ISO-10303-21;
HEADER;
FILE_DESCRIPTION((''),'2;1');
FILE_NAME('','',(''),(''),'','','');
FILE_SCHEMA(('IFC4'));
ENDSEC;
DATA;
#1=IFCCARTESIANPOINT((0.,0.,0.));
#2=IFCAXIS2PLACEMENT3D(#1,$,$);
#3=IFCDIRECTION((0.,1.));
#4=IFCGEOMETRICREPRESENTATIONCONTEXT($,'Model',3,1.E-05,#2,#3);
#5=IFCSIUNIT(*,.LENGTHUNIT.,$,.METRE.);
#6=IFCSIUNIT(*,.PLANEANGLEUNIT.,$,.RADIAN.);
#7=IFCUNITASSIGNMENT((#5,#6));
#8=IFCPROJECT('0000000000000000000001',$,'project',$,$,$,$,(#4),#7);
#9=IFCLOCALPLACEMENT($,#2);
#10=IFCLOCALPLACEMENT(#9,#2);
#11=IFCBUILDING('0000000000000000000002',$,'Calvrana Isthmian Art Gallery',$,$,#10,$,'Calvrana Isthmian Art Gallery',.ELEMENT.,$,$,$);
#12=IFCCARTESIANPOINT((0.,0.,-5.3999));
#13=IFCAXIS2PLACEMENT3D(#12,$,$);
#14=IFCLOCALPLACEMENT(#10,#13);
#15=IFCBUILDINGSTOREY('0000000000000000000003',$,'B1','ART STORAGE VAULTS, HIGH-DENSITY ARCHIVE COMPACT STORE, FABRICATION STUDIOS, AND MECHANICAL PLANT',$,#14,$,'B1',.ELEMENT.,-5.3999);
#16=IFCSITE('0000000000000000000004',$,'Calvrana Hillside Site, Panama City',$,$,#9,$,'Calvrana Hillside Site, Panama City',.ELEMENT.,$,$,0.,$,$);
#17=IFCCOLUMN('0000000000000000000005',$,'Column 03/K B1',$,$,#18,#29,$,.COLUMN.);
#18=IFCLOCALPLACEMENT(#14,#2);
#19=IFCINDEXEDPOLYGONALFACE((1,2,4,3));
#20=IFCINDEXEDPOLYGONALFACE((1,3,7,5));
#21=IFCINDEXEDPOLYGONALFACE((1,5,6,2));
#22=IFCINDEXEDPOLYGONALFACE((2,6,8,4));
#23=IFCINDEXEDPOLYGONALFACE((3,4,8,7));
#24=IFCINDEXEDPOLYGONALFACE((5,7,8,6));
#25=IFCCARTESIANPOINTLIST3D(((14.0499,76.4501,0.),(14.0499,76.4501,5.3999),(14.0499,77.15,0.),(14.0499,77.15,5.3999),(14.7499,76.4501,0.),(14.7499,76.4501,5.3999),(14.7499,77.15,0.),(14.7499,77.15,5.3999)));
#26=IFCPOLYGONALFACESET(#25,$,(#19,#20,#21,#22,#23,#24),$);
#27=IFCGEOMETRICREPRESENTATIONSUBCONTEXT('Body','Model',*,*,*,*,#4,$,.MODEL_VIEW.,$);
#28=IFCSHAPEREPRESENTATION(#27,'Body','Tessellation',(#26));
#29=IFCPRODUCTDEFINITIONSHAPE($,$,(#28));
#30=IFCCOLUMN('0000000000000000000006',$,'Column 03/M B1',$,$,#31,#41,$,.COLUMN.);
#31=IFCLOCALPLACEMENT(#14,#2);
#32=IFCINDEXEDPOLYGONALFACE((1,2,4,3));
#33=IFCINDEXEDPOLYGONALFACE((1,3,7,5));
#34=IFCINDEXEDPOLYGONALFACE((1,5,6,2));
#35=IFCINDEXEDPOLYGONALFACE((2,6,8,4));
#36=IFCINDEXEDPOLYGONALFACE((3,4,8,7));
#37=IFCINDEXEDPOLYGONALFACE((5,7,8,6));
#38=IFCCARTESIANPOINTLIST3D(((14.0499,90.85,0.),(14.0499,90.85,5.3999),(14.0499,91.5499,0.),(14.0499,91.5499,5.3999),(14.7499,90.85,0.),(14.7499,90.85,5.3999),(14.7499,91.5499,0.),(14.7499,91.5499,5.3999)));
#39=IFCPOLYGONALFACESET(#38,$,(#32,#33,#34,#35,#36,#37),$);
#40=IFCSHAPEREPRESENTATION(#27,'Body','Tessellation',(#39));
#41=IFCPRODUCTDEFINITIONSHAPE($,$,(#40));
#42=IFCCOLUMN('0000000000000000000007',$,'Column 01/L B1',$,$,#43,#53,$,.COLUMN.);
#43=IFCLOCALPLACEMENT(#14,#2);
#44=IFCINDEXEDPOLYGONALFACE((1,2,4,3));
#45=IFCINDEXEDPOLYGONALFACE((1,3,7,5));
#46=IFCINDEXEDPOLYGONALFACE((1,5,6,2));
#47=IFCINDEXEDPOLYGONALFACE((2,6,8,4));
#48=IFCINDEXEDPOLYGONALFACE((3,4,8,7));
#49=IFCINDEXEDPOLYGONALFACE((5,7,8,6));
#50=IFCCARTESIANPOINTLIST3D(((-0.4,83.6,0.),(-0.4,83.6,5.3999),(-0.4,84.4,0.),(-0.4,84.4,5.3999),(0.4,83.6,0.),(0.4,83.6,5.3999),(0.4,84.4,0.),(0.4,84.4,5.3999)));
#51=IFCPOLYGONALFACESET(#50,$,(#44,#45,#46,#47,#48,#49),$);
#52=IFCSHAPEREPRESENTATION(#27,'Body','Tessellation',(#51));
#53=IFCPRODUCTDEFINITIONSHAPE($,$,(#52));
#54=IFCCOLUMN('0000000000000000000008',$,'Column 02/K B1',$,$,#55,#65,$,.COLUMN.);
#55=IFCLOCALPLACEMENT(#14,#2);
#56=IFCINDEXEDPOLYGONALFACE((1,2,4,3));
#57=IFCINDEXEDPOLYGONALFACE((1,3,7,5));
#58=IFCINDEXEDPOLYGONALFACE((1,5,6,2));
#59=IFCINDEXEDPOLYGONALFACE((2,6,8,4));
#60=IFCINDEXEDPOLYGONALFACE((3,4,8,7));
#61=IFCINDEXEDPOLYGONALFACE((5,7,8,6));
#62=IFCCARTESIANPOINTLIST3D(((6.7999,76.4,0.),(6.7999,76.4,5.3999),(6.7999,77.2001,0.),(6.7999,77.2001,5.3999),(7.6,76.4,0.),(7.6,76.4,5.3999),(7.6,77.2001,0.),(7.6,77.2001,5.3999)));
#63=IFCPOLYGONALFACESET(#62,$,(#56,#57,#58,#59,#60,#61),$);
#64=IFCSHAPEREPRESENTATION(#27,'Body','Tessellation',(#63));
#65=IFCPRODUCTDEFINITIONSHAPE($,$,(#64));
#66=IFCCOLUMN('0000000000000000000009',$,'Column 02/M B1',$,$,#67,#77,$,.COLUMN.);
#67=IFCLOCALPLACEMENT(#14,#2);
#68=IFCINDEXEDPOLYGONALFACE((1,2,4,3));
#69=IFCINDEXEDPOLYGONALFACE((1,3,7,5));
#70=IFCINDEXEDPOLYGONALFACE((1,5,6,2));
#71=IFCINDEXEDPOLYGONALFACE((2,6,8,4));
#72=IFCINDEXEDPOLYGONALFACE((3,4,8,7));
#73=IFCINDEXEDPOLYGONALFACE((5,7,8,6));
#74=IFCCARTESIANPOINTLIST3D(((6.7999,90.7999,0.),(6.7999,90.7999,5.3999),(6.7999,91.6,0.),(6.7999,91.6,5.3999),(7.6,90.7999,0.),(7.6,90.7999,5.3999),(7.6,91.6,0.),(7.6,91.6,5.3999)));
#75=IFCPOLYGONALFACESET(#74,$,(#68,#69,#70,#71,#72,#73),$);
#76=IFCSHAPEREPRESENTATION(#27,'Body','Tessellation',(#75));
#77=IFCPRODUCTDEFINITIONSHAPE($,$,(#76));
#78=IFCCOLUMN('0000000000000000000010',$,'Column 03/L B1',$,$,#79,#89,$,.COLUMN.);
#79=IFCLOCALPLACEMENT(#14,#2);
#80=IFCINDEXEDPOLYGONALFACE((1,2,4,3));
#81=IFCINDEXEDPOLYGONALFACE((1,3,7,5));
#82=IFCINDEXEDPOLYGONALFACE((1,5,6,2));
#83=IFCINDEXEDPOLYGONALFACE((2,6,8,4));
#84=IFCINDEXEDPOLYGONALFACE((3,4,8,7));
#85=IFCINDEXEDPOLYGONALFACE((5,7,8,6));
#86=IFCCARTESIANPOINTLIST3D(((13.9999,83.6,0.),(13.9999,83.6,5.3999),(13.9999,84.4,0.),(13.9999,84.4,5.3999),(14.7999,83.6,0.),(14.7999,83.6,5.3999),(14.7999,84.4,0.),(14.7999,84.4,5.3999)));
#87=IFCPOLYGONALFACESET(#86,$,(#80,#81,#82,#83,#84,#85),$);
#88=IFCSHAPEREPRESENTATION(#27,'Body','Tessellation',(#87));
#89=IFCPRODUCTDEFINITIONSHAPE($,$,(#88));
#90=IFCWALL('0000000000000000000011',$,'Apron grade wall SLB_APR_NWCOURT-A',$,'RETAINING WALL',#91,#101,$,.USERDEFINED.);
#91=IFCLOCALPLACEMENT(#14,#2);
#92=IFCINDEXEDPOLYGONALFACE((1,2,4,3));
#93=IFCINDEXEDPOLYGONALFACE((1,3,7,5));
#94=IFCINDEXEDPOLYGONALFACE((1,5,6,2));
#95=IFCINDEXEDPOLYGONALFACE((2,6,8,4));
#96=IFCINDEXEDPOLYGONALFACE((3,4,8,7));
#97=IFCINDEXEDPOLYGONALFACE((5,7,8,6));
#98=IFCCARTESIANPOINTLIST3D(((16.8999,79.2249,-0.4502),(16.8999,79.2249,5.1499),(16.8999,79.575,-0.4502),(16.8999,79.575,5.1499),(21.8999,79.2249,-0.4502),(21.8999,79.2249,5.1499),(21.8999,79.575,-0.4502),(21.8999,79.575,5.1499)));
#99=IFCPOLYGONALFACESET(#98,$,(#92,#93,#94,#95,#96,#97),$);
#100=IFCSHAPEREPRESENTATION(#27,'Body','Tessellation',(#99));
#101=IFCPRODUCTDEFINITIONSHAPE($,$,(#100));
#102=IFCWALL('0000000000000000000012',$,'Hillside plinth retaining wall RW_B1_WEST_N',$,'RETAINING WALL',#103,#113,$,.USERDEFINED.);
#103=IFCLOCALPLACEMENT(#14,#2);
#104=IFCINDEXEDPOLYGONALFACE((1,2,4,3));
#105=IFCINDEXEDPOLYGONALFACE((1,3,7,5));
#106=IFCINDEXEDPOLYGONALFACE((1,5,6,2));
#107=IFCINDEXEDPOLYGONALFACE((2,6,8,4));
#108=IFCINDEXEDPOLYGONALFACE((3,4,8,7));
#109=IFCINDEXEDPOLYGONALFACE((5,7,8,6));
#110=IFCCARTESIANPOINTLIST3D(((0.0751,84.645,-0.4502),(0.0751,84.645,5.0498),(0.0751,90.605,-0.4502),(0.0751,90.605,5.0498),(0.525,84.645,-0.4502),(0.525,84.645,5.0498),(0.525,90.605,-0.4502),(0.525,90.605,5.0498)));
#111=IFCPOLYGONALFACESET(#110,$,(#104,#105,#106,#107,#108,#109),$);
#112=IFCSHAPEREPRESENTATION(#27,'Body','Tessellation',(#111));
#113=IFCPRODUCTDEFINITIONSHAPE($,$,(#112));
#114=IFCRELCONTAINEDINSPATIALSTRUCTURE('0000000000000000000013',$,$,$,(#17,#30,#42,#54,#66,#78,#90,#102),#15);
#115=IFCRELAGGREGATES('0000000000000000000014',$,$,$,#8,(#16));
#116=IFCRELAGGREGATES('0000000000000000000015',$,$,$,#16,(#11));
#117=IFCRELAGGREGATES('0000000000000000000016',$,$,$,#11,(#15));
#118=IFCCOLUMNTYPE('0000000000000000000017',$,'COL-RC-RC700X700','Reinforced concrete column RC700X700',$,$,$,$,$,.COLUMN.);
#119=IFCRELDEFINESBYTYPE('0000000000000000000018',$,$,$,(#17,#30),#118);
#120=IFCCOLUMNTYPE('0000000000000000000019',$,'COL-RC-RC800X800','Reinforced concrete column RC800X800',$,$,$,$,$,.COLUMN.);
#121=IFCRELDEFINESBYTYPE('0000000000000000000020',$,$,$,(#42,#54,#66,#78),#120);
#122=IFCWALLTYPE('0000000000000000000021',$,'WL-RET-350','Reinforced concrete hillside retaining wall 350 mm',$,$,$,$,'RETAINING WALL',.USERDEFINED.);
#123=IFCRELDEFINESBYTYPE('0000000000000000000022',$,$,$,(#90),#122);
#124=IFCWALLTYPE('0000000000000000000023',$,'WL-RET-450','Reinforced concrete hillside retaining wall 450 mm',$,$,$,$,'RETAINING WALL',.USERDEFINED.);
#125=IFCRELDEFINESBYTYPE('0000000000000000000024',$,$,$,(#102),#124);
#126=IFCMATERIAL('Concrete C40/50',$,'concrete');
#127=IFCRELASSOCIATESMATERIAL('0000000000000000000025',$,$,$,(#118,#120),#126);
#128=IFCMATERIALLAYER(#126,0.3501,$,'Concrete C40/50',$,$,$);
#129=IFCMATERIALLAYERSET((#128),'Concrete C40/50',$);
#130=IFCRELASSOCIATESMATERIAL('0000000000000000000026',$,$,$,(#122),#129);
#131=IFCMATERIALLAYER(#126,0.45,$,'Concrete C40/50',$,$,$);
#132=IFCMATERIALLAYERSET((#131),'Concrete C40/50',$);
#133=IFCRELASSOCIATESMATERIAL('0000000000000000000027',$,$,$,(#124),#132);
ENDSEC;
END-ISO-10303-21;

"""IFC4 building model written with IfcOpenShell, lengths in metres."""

from ifc_helpers import new_model, si_unit, direction, frame, frame_2d, origin, origin_2d, place, context, subcontext, project, spatial, rectangle, extrude, material, layer, layer_set, material_profile, profile_set, type_object, element, save


model = new_model("IFC4")

# Units and contexts
model_context = context("Model", 3, precision=1e-05, world=origin(), true_north=direction((0.0, 1.0)))
body_context = subcontext(model_context, "Body", "Model", "MODEL_VIEW")
ifc_project = project(units=[si_unit("LENGTHUNIT", "METRE"), si_unit("PLANEANGLEUNIT", "RADIAN")], contexts=[model_context])

# Site, building, storey
site_placement = place(None, origin())
site = spatial("IfcSite", under=ifc_project, at=site_placement, Name="Calvrana Hillside Site, Panama City", LongName="Calvrana Hillside Site, Panama City", CompositionType="ELEMENT", RefElevation=0.0)
building_placement = place(site_placement, origin())
building = spatial("IfcBuilding", under=site, at=building_placement, Name="Calvrana Isthmian Art Gallery", LongName="Calvrana Isthmian Art Gallery", CompositionType="ELEMENT")
storey_placement = place(building_placement, frame((0.0, 0.0, -5.3999)))
storey = spatial("IfcBuildingStorey", under=building, at=storey_placement, Name="B1", Description="ART STORAGE VAULTS, HIGH-DENSITY ARCHIVE COMPACT STORE, FABRICATION STUDIOS, AND MECHANICAL PLANT", LongName="B1", CompositionType="ELEMENT", Elevation=-5.3999)

# Columns
ifc_material_1 = material(Name="Concrete C40/50", Category="concrete")
ifc_material_profile_1 = material_profile(ifc_material_1, rectangle(XDim=0.7, YDim=0.7, at=origin_2d()), Name="RC700X700")
ifc_profile_set_1 = profile_set([ifc_material_profile_1], Name="Concrete C40/50")
column_type_1 = type_object("IfcColumnType", Name="COL-RC-RC700X700", Description="Reinforced concrete column RC700X700", PredefinedType="COLUMN", material=ifc_profile_set_1)
for number, where, z_axis, x_axis, name in (
    (1, (14.3999, 76.8, 0.0), (0.0, 0.0, 1.0), (1.0, 0.0, 0.0), "Column 03/K B1"),
    (2, (14.3999, 91.2, 0.0), (0.0, 0.0, 1.0), (1.0, 0.0, 0.0), "Column 03/M B1"),
):
    element("IfcColumn", number, at=place(storey_placement, frame(where, z_axis=z_axis, x_axis=x_axis)), inside=storey, type_object=column_type_1, Name=name, PredefinedType="COLUMN", context=body_context, shape_type="SweptSolid", body=[
        extrude(rectangle(XDim=0.7, YDim=0.7, at=origin_2d()), origin(), (0.0, 0.0, 1.0), 5.3999),
    ])
ifc_material_profile_2 = material_profile(ifc_material_1, rectangle(XDim=0.8, YDim=0.8, at=origin_2d()), Name="RC800X800")
ifc_profile_set_2 = profile_set([ifc_material_profile_2], Name="Concrete C40/50")
column_type_2 = type_object("IfcColumnType", Name="COL-RC-RC800X800", Description="Reinforced concrete column RC800X800", PredefinedType="COLUMN", material=ifc_profile_set_2)
for number, where, z_axis, x_axis, name in (
    (3, (0.0, 84.0, 0.0), (0.0, 0.0, 1.0), (1.0, 0.0, 0.0), "Column 01/L B1"),
    (4, (7.2, 76.8, 0.0), (0.0, 0.0, 1.0), (1.0, 0.0, 0.0), "Column 02/K B1"),
    (5, (7.2, 91.2, 0.0), (0.0, 0.0, 1.0), (1.0, 0.0, 0.0), "Column 02/M B1"),
    (6, (14.3999, 84.0, 0.0), (0.0, 0.0, 1.0), (1.0, 0.0, 0.0), "Column 03/L B1"),
):
    element("IfcColumn", number, at=place(storey_placement, frame(where, z_axis=z_axis, x_axis=x_axis)), inside=storey, type_object=column_type_2, Name=name, PredefinedType="COLUMN", context=body_context, shape_type="SweptSolid", body=[
        extrude(rectangle(XDim=0.8, YDim=0.8, at=origin_2d()), origin(), (0.0, 0.0, 1.0), 5.3999),
    ])

# Walls
ifc_layer_1 = layer(ifc_material_1, 0.3501, Name="Concrete C40/50")
ifc_layer_set_1 = layer_set([ifc_layer_1], Name="Concrete C40/50")
wall_type_1 = type_object("IfcWallType", Name="WL-RET-350", Description="Reinforced concrete hillside retaining wall 350 mm", ElementType="RETAINING WALL", PredefinedType="USERDEFINED", material=ifc_layer_set_1)
wall_1_placement = place(storey_placement, frame((16.8999, 79.3999, -0.4502), z_axis=(0.0, 0.0, 1.0), x_axis=(1.0, 0.0, 0.0)))
element("IfcWall", 7, at=wall_1_placement, inside=storey, type_object=wall_type_1, Name="Apron grade wall SLB_APR_NWCOURT-A", ObjectType="RETAINING WALL", PredefinedType="USERDEFINED", context=body_context, shape_type="SweptSolid", body=[
    extrude(rectangle(XDim=5.0, YDim=0.3501, at=frame_2d((2.5, 0.0))), origin(), (0.0, 0.0, 1.0), 5.6001),
])
ifc_layer_2 = layer(ifc_material_1, 0.45, Name="Concrete C40/50")
ifc_layer_set_2 = layer_set([ifc_layer_2], Name="Concrete C40/50")
wall_type_2 = type_object("IfcWallType", Name="WL-RET-450", Description="Reinforced concrete hillside retaining wall 450 mm", ElementType="RETAINING WALL", PredefinedType="USERDEFINED", material=ifc_layer_set_2)
wall_2_placement = place(storey_placement, frame((0.3, 84.645, -0.4502), z_axis=(0.0, 0.0, 1.0), x_axis=(0.0, 1.0, 0.0)))
element("IfcWall", 8, at=wall_2_placement, inside=storey, type_object=wall_type_2, Name="Hillside plinth retaining wall RW_B1_WEST_N", ObjectType="RETAINING WALL", PredefinedType="USERDEFINED", context=body_context, shape_type="SweptSolid", body=[
    extrude(rectangle(XDim=5.96, YDim=0.45, at=frame_2d((2.98, 0.0))), origin(), (0.0, 0.0, 1.0), 5.5),
])

save(model, "model.ifc")
